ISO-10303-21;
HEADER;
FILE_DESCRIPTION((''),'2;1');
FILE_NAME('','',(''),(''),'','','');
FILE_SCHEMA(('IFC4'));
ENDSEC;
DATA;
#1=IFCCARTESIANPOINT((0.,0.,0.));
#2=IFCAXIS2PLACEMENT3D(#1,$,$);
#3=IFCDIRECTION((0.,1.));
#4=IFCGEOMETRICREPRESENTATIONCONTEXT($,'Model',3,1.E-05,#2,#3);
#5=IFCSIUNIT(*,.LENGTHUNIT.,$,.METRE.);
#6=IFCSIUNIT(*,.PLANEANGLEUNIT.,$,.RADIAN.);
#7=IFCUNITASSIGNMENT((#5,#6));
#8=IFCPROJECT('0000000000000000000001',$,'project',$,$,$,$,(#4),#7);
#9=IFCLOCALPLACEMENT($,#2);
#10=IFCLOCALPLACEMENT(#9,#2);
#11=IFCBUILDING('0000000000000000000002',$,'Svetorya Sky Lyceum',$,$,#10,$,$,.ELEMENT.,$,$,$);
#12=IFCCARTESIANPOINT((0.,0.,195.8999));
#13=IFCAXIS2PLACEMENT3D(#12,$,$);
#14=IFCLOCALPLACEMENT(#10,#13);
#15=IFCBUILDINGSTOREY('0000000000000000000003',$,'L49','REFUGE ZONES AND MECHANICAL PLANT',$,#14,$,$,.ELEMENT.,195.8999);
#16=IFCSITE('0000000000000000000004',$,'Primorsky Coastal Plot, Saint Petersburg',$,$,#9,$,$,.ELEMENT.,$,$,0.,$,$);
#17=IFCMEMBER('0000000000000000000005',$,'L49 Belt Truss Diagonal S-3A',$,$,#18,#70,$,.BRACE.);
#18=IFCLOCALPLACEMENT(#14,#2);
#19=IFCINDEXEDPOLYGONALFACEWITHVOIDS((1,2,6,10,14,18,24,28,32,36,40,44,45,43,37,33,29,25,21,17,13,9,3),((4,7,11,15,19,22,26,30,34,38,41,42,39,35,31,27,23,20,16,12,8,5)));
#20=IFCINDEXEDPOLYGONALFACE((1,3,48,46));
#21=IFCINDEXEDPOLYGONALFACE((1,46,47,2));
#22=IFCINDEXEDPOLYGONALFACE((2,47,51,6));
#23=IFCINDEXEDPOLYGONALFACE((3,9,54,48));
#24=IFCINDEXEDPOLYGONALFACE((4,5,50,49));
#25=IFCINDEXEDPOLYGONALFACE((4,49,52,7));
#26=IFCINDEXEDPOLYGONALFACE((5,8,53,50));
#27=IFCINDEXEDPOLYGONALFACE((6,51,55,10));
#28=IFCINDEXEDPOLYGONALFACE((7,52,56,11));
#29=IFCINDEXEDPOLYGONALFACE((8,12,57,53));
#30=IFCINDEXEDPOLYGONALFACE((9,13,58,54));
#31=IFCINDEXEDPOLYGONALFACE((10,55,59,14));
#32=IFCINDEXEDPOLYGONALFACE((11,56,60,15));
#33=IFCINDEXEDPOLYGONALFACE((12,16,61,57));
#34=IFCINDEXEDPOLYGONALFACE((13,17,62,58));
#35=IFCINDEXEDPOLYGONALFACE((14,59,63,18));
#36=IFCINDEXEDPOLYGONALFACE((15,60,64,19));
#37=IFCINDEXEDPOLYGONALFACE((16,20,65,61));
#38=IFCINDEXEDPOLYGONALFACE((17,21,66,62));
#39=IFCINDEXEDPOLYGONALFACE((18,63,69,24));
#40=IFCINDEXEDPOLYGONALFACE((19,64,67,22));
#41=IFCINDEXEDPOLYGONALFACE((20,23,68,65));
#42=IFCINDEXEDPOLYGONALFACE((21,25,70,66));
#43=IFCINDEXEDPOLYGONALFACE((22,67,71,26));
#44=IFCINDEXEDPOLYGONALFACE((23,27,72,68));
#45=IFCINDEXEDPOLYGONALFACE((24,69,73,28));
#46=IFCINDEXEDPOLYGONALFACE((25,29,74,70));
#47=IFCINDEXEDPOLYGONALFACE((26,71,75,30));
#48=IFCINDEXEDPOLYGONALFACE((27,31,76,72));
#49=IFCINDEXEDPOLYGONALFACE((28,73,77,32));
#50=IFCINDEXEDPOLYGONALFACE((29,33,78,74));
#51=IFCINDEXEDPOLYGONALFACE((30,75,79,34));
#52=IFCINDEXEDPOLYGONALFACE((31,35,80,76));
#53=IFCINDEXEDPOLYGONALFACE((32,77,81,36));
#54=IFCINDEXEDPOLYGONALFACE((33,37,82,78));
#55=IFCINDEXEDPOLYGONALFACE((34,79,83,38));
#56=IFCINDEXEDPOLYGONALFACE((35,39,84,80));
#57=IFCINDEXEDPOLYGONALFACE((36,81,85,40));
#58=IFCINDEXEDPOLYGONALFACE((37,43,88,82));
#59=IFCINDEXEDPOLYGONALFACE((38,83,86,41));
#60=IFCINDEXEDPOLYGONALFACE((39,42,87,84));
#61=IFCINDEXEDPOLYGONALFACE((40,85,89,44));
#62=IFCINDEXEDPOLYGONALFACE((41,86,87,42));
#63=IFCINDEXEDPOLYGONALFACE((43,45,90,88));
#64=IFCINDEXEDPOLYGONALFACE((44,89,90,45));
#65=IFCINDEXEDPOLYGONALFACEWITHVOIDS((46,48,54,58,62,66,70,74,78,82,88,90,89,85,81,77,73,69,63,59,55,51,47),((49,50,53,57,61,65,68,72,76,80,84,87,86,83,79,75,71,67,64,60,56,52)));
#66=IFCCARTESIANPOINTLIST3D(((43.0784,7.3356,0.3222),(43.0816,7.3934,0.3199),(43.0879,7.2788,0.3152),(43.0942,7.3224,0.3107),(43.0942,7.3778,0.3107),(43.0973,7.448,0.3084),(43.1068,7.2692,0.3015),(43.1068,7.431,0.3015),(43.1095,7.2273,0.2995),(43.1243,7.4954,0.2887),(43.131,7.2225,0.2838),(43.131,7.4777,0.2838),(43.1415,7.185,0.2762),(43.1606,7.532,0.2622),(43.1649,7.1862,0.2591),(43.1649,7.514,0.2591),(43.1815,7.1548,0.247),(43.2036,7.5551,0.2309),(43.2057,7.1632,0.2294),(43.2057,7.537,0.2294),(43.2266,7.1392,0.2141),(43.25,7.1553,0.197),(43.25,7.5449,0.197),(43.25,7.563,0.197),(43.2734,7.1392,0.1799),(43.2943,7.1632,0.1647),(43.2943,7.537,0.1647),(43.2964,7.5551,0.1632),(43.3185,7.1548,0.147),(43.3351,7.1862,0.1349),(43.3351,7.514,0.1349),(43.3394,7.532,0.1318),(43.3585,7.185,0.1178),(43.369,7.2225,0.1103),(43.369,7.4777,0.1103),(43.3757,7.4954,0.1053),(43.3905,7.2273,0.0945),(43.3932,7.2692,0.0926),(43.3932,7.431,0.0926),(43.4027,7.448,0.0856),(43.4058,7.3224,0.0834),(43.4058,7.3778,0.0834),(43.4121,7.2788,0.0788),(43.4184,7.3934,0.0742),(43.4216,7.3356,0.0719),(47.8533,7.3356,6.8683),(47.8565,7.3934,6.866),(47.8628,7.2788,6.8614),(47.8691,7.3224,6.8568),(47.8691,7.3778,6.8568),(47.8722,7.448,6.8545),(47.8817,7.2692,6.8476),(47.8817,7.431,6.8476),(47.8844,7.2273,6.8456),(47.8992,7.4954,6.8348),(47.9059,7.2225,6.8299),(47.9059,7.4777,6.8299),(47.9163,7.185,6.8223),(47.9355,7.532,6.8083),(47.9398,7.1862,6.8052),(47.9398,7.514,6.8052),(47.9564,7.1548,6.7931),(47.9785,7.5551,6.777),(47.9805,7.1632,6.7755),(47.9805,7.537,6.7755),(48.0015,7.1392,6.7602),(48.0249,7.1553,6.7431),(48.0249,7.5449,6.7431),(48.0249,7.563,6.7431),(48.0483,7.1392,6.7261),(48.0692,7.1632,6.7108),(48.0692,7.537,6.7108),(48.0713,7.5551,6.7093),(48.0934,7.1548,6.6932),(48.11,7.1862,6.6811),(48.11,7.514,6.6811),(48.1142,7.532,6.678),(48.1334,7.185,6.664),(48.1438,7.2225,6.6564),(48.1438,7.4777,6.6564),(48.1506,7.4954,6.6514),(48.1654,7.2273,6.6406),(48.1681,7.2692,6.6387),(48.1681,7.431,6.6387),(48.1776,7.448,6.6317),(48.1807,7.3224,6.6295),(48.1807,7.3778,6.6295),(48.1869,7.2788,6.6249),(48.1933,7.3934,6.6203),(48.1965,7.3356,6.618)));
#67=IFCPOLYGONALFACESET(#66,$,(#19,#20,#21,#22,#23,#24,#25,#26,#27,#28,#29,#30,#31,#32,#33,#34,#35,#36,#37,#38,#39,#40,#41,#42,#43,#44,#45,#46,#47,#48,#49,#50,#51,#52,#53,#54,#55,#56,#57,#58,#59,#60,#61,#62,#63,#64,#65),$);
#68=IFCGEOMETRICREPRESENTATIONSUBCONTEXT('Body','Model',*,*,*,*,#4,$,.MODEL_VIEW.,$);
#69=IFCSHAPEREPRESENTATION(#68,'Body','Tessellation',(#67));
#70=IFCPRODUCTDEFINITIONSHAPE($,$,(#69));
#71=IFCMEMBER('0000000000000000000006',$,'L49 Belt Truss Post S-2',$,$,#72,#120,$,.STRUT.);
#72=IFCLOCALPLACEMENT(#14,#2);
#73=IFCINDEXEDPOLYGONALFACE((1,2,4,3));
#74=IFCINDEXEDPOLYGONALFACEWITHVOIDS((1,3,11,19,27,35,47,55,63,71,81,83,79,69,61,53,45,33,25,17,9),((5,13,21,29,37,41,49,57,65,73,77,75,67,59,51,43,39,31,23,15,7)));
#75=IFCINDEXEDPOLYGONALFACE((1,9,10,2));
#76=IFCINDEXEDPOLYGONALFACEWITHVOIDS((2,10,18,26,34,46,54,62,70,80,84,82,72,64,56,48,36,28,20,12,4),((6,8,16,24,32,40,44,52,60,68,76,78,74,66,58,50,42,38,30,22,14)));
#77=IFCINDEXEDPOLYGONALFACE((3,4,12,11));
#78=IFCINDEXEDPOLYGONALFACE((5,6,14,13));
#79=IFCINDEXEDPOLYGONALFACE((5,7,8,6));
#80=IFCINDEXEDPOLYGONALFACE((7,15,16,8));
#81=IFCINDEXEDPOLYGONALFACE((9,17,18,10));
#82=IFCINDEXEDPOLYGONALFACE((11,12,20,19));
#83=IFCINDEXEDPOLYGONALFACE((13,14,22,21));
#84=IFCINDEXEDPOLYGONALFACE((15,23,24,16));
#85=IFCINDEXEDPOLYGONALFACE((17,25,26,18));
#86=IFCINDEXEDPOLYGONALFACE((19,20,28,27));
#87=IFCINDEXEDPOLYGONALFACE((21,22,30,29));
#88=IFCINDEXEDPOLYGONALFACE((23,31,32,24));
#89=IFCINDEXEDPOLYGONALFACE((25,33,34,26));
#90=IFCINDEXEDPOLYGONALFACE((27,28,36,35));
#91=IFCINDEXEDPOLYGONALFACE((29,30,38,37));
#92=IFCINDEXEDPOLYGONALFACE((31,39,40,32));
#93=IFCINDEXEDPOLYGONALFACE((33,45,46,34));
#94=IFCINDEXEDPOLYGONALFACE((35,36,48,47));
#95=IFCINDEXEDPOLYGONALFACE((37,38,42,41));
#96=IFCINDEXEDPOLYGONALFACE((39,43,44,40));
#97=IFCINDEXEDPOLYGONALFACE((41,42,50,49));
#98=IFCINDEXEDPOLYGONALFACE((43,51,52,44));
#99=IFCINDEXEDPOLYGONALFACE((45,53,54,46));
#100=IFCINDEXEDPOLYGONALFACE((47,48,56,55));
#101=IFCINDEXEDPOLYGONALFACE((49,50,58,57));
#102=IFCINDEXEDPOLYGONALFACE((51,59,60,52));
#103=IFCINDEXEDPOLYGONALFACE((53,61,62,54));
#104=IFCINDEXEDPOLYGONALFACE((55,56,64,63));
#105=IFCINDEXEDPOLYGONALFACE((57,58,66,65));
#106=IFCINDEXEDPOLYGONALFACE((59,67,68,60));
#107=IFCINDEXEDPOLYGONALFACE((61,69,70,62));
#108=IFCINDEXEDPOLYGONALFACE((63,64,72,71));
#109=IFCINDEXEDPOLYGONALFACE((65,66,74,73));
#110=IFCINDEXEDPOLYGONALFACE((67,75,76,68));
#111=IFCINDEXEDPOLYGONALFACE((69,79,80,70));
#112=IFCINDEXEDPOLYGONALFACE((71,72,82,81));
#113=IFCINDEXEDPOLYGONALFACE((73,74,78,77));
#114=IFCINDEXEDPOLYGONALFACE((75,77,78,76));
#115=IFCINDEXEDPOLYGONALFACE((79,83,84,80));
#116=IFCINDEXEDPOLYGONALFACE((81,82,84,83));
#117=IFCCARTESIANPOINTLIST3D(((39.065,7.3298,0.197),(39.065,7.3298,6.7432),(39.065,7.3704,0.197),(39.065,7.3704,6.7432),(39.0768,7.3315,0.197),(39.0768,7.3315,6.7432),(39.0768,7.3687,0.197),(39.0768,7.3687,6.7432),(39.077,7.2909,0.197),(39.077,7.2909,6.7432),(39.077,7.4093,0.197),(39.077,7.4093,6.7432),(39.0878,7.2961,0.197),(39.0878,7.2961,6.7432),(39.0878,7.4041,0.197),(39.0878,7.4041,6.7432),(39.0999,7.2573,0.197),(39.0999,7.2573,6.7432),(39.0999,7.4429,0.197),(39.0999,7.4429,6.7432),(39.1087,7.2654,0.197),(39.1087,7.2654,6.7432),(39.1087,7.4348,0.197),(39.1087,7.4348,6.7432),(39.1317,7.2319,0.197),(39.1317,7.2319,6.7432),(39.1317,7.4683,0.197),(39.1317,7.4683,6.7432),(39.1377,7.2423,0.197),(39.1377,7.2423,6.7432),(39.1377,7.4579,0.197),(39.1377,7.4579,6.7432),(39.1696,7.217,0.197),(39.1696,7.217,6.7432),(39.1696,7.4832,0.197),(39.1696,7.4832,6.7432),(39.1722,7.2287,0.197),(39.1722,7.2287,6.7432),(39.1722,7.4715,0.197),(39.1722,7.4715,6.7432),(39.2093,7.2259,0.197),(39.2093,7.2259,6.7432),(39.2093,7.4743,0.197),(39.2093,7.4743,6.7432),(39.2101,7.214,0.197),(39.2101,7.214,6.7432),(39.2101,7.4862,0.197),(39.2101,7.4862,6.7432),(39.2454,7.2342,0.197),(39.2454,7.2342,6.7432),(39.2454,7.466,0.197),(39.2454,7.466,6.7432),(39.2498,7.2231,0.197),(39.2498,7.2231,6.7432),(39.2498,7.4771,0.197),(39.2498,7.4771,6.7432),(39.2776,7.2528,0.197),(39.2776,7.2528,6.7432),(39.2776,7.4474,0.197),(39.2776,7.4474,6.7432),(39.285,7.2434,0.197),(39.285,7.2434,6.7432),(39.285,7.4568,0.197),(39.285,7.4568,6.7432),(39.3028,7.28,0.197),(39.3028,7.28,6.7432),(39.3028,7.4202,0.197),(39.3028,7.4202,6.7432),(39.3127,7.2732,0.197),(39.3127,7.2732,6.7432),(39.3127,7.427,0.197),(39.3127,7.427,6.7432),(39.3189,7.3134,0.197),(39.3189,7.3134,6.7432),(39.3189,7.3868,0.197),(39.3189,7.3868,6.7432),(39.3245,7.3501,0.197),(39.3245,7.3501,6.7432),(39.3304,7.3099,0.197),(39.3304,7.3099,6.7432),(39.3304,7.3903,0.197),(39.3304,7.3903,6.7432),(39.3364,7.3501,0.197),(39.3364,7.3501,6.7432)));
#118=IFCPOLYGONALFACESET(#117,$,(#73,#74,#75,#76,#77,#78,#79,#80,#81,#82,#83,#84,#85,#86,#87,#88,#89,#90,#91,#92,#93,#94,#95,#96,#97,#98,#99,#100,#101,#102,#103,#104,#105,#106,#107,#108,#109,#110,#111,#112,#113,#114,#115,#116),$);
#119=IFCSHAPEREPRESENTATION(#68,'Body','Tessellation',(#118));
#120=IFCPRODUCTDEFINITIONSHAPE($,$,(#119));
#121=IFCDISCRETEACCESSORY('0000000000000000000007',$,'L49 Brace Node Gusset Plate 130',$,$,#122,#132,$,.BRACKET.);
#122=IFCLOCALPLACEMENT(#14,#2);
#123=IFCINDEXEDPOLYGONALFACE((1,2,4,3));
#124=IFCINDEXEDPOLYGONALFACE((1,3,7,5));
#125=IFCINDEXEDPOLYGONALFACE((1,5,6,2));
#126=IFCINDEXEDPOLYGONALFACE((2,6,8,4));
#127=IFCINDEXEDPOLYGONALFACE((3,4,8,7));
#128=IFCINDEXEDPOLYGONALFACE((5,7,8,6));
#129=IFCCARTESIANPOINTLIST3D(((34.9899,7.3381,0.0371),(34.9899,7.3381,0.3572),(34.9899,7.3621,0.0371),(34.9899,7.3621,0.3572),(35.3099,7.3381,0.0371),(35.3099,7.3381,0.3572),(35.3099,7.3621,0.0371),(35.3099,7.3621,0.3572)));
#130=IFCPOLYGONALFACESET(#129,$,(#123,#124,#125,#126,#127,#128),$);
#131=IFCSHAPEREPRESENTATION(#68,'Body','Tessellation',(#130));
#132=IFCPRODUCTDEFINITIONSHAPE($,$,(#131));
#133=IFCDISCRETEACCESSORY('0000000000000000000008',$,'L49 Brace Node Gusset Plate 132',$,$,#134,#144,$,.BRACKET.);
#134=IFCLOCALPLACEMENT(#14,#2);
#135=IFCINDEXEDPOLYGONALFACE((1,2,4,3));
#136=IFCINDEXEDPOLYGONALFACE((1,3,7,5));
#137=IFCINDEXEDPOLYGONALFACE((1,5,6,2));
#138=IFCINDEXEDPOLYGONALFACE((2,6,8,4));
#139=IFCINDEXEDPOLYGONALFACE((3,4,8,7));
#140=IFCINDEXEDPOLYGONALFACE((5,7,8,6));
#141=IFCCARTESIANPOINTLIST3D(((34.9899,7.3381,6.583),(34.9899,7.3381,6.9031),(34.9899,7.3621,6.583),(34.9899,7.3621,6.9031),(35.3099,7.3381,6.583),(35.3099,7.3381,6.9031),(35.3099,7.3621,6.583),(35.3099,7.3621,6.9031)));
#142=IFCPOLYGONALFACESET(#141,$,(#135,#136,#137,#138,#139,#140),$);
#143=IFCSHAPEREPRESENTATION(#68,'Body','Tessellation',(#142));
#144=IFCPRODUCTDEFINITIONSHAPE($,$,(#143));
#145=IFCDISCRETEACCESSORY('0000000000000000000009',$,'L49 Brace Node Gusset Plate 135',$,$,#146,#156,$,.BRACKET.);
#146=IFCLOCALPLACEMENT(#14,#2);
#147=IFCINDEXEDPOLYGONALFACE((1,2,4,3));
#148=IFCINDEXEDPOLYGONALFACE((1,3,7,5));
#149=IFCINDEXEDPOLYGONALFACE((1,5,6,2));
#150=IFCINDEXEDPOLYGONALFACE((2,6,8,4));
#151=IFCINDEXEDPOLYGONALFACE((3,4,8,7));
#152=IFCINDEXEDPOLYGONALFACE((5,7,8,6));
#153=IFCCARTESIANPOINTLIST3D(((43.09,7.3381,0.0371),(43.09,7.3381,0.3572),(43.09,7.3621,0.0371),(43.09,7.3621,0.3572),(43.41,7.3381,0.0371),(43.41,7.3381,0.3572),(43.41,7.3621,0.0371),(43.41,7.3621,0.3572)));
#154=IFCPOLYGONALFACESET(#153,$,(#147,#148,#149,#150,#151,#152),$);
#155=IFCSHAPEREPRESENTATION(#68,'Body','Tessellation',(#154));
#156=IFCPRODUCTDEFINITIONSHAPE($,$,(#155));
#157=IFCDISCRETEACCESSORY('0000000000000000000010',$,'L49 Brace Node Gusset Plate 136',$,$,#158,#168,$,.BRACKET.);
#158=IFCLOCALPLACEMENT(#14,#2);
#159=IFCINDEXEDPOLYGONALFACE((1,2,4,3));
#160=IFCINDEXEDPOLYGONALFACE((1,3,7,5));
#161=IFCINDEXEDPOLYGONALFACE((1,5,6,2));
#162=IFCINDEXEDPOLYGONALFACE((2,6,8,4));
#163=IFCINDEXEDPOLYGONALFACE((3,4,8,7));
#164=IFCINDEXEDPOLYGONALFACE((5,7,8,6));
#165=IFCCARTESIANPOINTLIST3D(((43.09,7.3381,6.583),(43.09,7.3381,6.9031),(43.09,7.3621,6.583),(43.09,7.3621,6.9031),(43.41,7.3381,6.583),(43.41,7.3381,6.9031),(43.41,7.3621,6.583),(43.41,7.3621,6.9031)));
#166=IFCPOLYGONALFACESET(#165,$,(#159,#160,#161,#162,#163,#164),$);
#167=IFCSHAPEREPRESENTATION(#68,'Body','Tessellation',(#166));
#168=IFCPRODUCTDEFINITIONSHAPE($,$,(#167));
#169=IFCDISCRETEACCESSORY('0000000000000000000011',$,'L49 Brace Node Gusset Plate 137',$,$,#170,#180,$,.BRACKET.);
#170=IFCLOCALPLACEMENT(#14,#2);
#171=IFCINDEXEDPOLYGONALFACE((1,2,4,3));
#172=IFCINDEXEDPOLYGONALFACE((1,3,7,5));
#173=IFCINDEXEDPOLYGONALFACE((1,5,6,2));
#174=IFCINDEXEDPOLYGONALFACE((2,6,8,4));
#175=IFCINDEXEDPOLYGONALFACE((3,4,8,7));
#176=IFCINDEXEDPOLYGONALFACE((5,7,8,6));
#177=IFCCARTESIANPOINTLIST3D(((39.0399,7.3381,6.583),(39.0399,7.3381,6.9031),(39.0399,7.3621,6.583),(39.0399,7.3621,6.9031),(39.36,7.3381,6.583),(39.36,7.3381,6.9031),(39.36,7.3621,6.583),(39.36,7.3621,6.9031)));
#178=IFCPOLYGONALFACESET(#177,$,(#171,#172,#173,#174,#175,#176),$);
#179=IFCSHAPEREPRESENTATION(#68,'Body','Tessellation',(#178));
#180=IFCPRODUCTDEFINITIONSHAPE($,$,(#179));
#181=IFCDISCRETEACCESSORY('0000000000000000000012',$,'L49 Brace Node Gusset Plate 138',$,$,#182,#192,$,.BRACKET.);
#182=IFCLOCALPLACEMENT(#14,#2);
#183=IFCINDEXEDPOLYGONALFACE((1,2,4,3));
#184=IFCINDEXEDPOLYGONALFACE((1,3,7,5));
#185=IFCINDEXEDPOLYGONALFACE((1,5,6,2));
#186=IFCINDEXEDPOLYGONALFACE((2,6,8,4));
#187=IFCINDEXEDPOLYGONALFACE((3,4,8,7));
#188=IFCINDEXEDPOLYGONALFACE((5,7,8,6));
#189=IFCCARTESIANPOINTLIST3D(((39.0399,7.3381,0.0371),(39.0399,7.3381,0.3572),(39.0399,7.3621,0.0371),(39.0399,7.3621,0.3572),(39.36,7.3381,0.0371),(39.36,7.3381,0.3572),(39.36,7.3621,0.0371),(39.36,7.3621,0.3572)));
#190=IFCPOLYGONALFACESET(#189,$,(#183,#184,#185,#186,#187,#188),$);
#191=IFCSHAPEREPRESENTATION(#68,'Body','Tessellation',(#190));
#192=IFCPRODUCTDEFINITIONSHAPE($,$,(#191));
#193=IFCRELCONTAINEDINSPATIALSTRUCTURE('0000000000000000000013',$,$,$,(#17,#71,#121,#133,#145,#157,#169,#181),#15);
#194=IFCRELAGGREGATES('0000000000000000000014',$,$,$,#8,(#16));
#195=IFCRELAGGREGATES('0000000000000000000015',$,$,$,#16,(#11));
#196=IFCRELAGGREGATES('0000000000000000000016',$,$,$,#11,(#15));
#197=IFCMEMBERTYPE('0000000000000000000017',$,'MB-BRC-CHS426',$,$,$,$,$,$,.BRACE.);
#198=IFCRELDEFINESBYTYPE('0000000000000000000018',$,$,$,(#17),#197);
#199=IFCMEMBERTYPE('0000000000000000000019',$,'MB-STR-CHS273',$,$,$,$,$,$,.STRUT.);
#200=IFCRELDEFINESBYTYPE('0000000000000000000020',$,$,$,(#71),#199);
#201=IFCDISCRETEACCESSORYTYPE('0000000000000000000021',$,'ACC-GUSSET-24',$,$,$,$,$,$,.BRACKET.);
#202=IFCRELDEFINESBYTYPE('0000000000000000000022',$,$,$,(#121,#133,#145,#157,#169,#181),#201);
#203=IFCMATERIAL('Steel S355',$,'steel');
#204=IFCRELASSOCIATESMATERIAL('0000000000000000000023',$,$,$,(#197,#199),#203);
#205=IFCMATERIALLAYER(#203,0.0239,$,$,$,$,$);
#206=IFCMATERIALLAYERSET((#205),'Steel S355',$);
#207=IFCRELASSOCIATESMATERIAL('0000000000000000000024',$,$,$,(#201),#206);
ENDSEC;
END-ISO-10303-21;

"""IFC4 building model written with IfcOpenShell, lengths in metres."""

from ifc_helpers import new_model, si_unit, direction, frame, origin, origin_2d, place, context, subcontext, project, spatial, rectangle, hollow_circle, extrude, material, layer, layer_set, material_profile, profile_set, type_object, element, save


model = new_model("IFC4")

# Units and contexts
model_context = context("Model", 3, precision=1e-05, world=origin(), true_north=direction((0.0, 1.0)))
body_context = subcontext(model_context, "Body", "Model", "MODEL_VIEW")
ifc_project = project(units=[si_unit("LENGTHUNIT", "METRE"), si_unit("PLANEANGLEUNIT", "RADIAN")], contexts=[model_context])

# Site, building, storey
site_placement = place(None, origin())
site = spatial("IfcSite", under=ifc_project, at=site_placement, Name="Primorsky Coastal Plot, Saint Petersburg", CompositionType="ELEMENT", RefElevation=0.0)
building_placement = place(site_placement, origin())
building = spatial("IfcBuilding", under=site, at=building_placement, Name="Svetorya Sky Lyceum", CompositionType="ELEMENT")
storey_placement = place(building_placement, frame((0.0, 0.0, 195.8999)))
storey = spatial("IfcBuildingStorey", under=building, at=storey_placement, Name="L49", Description="REFUGE ZONES AND MECHANICAL PLANT", CompositionType="ELEMENT", Elevation=195.8999)

# Shared definitions
ifc_material_1 = material(Name="Steel S355", Category="steel")

# Members
ifc_material_profile_1 = material_profile(ifc_material_1, hollow_circle(Radius=0.2129, WallThickness=0.0181, at=origin_2d()), Name="CHS 426x18")
ifc_profile_set_1 = profile_set([ifc_material_profile_1], Name="Steel S355")
member_type_1 = type_object("IfcMemberType", Name="MB-BRC-CHS426", PredefinedType="BRACE", material=ifc_profile_set_1)
member_1_placement = place(storey_placement, frame((43.25, 7.3501, 0.197), z_axis=(0.589307, 0.0, 0.807909), x_axis=(0.0, 1.0, 0.0)))
element("IfcMember", 1, at=member_1_placement, inside=storey, type_object=member_type_1, Name="L49 Belt Truss Diagonal S-3A", PredefinedType="BRACE", context=body_context, shape_type="SweptSolid", body=[
    extrude(hollow_circle(Radius=0.2129, WallThickness=0.0181, at=origin_2d()), origin(), (0.0, 0.0, 1.0), 8.1025),
])
ifc_material_profile_2 = material_profile(ifc_material_1, hollow_circle(Radius=0.1365, WallThickness=0.012, at=origin_2d()), Name="CHS 273x12")
ifc_profile_set_2 = profile_set([ifc_material_profile_2], Name="Steel S355")
member_type_2 = type_object("IfcMemberType", Name="MB-STR-CHS273", PredefinedType="STRUT", material=ifc_profile_set_2)
member_2_placement = place(storey_placement, frame((39.2, 7.3501, 0.197), z_axis=(0.0, 0.0, 1.0), x_axis=(1.0, 0.0, 0.0)))
element("IfcMember", 2, at=member_2_placement, inside=storey, type_object=member_type_2, Name="L49 Belt Truss Post S-2", PredefinedType="STRUT", context=body_context, shape_type="SweptSolid", body=[
    extrude(hollow_circle(Radius=0.1365, WallThickness=0.012, at=origin_2d()), origin(), (0.0, 0.0, 1.0), 6.5461),
])

# Discrete accessories
ifc_layer = layer(ifc_material_1, 0.0239)
ifc_layer_set = layer_set([ifc_layer], Name="Steel S355")
discrete_accessory_type = type_object("IfcDiscreteAccessoryType", Name="ACC-GUSSET-24", PredefinedType="BRACKET", material=ifc_layer_set)
for number, where, z_axis, x_axis, name in (
    (3, (35.1499, 7.3501, 0.0371), (0.0, 0.0, 1.0), (1.0, 0.0, 0.0), "L49 Brace Node Gusset Plate 130"),
    (4, (35.1499, 7.3501, 6.583), (0.0, 0.0, 1.0), (1.0, 0.0, 0.0), "L49 Brace Node Gusset Plate 132"),
    (5, (43.25, 7.3501, 0.0371), (0.0, 0.0, 1.0), (1.0, 0.0, 0.0), "L49 Brace Node Gusset Plate 135"),
    (6, (43.25, 7.3501, 6.583), (0.0, 0.0, 1.0), (1.0, 0.0, 0.0), "L49 Brace Node Gusset Plate 136"),
    (7, (39.2, 7.3501, 6.583), (0.0, 0.0, 1.0), (1.0, 0.0, 0.0), "L49 Brace Node Gusset Plate 137"),
    (8, (39.2, 7.3501, 0.0371), (0.0, 0.0, 1.0), (1.0, 0.0, 0.0), "L49 Brace Node Gusset Plate 138"),
):
    element("IfcDiscreteAccessory", number, at=place(storey_placement, frame(where, z_axis=z_axis, x_axis=x_axis)), inside=storey, type_object=discrete_accessory_type, Name=name, PredefinedType="BRACKET", context=body_context, shape_type="SweptSolid", body=[
        extrude(rectangle(XDim=0.3201, YDim=0.0239, at=origin_2d()), origin(), (0.0, 0.0, 1.0), 0.3201),
    ])

save(model, "model.ifc")
